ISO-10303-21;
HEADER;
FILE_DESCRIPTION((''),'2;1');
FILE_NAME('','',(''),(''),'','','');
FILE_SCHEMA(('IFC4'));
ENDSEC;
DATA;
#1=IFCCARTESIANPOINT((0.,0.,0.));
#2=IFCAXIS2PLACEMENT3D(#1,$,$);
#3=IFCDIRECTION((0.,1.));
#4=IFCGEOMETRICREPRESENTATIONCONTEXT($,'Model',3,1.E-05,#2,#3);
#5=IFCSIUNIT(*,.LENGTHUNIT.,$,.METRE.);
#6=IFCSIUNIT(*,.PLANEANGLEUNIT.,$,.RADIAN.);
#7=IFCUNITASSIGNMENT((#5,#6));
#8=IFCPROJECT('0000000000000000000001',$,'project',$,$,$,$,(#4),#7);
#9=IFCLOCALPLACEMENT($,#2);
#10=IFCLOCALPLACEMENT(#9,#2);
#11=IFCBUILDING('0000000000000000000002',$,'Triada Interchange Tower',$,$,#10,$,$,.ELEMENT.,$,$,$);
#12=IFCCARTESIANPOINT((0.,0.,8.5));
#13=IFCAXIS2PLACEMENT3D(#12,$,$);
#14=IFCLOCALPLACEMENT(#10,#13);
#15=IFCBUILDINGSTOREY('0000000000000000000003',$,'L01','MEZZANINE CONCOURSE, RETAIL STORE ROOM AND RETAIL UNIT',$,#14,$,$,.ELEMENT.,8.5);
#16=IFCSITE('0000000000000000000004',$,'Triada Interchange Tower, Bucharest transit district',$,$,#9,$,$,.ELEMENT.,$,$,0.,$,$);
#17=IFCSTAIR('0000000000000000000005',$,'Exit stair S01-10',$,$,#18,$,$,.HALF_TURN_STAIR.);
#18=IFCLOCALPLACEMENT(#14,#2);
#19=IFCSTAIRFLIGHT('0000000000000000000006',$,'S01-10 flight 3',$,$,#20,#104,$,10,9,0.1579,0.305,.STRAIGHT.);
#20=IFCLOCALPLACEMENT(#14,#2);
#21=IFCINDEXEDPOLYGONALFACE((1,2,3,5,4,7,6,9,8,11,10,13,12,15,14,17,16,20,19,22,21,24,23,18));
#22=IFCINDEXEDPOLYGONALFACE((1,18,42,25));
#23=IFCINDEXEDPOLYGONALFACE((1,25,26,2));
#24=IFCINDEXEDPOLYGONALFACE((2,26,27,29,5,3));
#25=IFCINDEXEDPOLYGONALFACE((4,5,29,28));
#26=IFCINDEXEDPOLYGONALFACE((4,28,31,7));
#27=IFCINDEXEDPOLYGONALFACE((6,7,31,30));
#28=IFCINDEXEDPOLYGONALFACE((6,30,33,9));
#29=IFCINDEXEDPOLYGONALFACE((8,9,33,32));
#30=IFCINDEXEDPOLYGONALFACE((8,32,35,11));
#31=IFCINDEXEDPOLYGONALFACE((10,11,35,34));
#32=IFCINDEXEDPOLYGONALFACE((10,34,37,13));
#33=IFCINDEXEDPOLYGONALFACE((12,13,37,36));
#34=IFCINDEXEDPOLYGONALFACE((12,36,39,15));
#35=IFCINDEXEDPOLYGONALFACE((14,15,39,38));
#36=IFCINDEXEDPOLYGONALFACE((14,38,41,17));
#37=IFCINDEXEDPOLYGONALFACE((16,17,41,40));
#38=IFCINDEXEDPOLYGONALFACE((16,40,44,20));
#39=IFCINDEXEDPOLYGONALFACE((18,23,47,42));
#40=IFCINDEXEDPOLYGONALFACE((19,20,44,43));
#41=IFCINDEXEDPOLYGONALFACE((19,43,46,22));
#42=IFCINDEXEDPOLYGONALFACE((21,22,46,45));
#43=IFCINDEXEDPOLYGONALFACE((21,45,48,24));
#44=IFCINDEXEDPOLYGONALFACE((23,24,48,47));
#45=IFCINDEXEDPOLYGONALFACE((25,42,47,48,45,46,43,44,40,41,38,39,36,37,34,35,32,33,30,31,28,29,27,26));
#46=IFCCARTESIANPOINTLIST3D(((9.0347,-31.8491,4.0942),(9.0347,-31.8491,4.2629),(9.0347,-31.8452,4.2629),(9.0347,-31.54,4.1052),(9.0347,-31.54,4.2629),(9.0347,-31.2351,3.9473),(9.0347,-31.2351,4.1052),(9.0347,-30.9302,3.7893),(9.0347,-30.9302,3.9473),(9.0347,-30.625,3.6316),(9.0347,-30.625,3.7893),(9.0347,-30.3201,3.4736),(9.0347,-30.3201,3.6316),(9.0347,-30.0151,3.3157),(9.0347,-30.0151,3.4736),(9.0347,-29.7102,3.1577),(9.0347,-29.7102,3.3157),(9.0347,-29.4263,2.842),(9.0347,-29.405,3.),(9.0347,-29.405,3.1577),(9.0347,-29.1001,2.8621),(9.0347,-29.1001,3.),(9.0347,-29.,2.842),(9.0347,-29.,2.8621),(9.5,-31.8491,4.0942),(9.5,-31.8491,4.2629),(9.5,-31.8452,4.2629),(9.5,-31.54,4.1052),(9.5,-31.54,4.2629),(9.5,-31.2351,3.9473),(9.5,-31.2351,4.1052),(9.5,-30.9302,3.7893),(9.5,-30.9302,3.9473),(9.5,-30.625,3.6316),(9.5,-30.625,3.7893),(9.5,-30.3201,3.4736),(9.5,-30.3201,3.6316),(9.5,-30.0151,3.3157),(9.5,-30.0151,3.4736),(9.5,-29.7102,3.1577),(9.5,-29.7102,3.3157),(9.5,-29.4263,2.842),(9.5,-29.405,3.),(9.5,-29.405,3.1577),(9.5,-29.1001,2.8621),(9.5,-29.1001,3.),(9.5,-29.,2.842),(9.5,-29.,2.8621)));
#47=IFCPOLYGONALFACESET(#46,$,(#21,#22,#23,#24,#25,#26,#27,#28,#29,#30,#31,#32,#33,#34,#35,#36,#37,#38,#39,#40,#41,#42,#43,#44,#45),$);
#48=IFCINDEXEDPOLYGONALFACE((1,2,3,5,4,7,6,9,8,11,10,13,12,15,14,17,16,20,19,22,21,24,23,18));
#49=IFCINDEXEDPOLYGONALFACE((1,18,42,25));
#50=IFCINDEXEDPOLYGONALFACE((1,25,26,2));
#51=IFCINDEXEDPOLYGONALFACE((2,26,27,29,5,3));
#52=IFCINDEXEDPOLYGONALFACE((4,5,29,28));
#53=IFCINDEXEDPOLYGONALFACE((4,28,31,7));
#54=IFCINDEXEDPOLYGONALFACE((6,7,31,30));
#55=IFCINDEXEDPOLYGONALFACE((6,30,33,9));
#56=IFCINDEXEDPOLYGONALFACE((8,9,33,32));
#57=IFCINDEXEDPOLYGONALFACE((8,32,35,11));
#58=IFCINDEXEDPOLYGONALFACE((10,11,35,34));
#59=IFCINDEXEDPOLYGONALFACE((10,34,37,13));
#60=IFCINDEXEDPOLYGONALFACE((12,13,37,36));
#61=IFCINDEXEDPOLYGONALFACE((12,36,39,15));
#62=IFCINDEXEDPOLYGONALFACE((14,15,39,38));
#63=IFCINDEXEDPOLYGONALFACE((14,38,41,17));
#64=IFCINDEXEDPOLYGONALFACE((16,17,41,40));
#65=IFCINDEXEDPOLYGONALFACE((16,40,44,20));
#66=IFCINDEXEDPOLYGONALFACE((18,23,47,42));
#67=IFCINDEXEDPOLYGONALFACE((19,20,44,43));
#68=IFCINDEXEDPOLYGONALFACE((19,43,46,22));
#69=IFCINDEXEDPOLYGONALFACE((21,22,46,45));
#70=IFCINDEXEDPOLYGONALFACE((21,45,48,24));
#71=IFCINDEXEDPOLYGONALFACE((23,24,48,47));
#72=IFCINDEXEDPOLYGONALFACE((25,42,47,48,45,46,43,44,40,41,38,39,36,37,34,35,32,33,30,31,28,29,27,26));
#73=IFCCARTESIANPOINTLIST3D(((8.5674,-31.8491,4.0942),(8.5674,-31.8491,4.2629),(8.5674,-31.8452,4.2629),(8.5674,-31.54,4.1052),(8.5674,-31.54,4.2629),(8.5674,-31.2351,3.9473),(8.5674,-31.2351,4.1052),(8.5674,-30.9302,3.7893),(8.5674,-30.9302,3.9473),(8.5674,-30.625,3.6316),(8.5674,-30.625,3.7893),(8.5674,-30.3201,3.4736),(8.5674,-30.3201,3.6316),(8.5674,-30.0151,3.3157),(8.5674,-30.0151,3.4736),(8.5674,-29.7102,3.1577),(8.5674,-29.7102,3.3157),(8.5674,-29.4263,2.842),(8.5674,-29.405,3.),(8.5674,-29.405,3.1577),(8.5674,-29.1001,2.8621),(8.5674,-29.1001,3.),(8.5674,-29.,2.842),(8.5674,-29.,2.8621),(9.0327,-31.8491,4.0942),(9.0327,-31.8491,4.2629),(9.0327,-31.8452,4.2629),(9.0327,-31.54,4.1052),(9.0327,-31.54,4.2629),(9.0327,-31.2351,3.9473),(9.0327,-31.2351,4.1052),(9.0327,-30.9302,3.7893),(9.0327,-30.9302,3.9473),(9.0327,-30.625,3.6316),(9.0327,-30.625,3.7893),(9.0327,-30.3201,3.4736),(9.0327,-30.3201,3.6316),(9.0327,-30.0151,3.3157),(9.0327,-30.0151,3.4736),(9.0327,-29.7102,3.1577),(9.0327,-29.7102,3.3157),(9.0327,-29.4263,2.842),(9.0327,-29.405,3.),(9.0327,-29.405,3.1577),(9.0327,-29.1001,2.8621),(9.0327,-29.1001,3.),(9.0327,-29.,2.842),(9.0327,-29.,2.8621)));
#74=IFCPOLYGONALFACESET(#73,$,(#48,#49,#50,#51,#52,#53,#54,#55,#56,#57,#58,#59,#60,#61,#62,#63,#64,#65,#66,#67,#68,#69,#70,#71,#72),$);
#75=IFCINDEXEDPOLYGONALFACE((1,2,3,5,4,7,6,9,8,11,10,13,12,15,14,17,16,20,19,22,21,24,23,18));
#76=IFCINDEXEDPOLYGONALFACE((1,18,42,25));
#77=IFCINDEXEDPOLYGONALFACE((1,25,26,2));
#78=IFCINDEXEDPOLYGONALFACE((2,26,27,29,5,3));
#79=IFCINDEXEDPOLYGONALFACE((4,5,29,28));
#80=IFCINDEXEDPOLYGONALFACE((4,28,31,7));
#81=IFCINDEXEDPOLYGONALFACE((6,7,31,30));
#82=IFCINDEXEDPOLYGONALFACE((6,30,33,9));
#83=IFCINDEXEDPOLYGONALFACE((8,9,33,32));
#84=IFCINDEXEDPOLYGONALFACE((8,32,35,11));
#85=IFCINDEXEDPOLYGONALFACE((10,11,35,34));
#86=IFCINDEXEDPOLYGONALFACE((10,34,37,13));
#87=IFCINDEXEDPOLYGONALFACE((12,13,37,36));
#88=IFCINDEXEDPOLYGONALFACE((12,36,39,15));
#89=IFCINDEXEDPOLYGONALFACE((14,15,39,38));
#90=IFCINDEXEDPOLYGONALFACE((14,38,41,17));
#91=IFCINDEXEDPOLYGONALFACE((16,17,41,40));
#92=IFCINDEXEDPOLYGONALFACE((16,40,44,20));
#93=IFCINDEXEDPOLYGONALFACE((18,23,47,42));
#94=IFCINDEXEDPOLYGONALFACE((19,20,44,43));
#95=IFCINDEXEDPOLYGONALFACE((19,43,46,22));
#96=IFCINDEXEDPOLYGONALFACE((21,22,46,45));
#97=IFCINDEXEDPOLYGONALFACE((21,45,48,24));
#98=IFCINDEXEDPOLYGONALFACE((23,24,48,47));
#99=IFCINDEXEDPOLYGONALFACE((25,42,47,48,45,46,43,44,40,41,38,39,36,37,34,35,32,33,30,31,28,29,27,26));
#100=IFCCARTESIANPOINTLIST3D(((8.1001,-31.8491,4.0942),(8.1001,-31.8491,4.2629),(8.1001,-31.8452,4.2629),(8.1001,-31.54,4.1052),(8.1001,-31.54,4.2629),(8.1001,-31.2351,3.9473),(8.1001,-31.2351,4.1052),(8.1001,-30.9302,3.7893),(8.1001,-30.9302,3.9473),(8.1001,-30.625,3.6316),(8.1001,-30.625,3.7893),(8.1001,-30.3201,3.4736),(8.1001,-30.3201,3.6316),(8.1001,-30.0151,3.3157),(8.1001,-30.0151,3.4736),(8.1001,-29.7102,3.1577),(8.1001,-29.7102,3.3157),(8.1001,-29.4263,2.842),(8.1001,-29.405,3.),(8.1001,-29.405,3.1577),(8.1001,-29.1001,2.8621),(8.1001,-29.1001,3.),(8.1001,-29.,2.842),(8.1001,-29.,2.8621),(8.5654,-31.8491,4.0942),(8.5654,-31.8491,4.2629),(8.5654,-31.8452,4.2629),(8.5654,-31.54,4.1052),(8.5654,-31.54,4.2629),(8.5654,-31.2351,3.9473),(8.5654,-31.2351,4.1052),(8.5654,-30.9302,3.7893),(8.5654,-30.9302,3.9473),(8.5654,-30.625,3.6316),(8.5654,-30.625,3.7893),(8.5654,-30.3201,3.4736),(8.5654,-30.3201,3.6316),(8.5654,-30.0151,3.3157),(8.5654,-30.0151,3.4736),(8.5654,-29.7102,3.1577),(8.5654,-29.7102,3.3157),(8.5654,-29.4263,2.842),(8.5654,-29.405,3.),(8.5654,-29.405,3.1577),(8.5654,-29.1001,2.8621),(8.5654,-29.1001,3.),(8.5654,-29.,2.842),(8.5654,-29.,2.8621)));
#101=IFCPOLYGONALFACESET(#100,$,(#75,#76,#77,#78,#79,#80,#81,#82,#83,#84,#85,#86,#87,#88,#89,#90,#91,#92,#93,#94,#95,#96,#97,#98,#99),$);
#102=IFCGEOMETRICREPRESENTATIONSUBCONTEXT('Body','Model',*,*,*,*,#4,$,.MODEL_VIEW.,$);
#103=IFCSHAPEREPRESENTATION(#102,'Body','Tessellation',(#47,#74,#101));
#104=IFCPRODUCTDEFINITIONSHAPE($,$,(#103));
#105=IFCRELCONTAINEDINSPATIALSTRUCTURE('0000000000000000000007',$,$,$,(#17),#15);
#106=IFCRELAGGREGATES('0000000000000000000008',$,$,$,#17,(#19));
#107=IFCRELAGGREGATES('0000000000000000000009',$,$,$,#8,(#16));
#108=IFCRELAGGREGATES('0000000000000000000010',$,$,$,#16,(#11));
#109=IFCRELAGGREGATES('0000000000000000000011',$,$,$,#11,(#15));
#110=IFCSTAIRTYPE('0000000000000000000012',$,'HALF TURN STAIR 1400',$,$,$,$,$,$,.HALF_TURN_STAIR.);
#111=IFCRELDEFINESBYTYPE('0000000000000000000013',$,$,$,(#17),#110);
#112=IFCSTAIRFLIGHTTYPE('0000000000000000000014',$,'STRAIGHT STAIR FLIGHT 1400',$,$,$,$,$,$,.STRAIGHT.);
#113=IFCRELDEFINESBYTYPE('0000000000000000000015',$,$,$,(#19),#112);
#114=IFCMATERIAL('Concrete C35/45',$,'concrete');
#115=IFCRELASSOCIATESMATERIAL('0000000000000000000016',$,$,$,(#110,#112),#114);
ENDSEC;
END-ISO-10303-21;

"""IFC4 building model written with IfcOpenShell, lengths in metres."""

from ifc_helpers import new_model, si_unit, direction, frame, origin, place, context, subcontext, project, spatial, polyline, outline, extrude, material, type_object, element, aggregate, save


model = new_model("IFC4")

# Units and contexts
model_context = context("Model", 3, precision=1e-05, world=origin(), true_north=direction((0.0, 1.0)))
body_context = subcontext(model_context, "Body", "Model", "MODEL_VIEW")
ifc_project = project(units=[si_unit("LENGTHUNIT", "METRE"), si_unit("PLANEANGLEUNIT", "RADIAN")], contexts=[model_context])

# Site, building, storey
site_placement = place(None, origin())
site = spatial("IfcSite", under=ifc_project, at=site_placement, Name="Triada Interchange Tower, Bucharest transit district", CompositionType="ELEMENT", RefElevation=0.0)
building_placement = place(site_placement, origin())
building = spatial("IfcBuilding", under=site, at=building_placement, Name="Triada Interchange Tower", CompositionType="ELEMENT")
storey_placement = place(building_placement, frame((0.0, 0.0, 8.5)))
storey = spatial("IfcBuildingStorey", under=building, at=storey_placement, Name="L01", Description="MEZZANINE CONCOURSE, RETAIL STORE ROOM AND RETAIL UNIT", CompositionType="ELEMENT", Elevation=8.5)

# Shared definitions
ifc_material_1 = material(Name="Concrete C35/45", Category="concrete")

# Shared definitions
stair_type = type_object("IfcStairType", Name="HALF TURN STAIR 1400", PredefinedType="HALF_TURN_STAIR", material=ifc_material_1)
stair_flight_type = type_object("IfcStairFlightType", Name="STRAIGHT STAIR FLIGHT 1400", PredefinedType="STRAIGHT", material=ifc_material_1)

# Stair, stair flight
stair_1_placement = place(storey_placement, origin())
stair_1 = element("IfcStair", 1, at=stair_1_placement, inside=storey, type_object=stair_type, Name="Exit stair S01-10", PredefinedType="HALF_TURN_STAIR")
stair_flight_1_placement = place(storey_placement, frame((8.8, -29.1001, 2.842), z_axis=(0.0, 0.0, 1.0), x_axis=(0.0, -1.0, 0.0)))
stair_flight_1 = element("IfcStairFlight", 2, at=stair_flight_1_placement, type_object=stair_flight_type, Name="S01-10 flight 3", NumberOfRisers=10, NumberOfTreads=9, PredefinedType="STRAIGHT", RiserHeight=0.1579, TreadLength=0.305, context=body_context, shape_type="SweptSolid", body=[
    extrude(outline(polyline([(-0.1001, 0.0), (-0.1001, 0.02), (0.0, 0.02), (0.0, 0.158), (0.3049, 0.158), (0.3049, 0.3157), (0.6101, 0.3157), (0.6101, 0.4736), (0.915, 0.4736), (0.915, 0.6316), (1.22, 0.6316), (1.22, 0.7896), (1.5249, 0.7896), (1.5249, 0.9473), (1.8301, 0.9473), (1.8301, 1.1052), (2.135, 1.1052), (2.135, 1.2632), (2.4399, 1.2632), (2.4399, 1.4209), (2.7451, 1.4209), (2.749, 1.4209), (2.749, 1.5789), (2.749, 1.2522), (0.3262, 0.0), (-0.1001, 0.0)])), frame((0.0, 0.7, 0.0), z_axis=(0.0, -1.0, 0.0), x_axis=(1.0, 0.0, 0.0)), (0.0, 0.0, 1.0), 0.4653),
    extrude(outline(polyline([(-0.1001, 0.0), (-0.1001, 0.02), (0.0, 0.02), (0.0, 0.158), (0.3049, 0.158), (0.3049, 0.3157), (0.6101, 0.3157), (0.6101, 0.4736), (0.915, 0.4736), (0.915, 0.6316), (1.22, 0.6316), (1.22, 0.7896), (1.5249, 0.7896), (1.5249, 0.9473), (1.8301, 0.9473), (1.8301, 1.1052), (2.135, 1.1052), (2.135, 1.2632), (2.4399, 1.2632), (2.4399, 1.4209), (2.7451, 1.4209), (2.749, 1.4209), (2.749, 1.5789), (2.749, 1.2522), (0.3262, 0.0), (-0.1001, 0.0)])), frame((0.0, 0.2327, 0.0), z_axis=(0.0, -1.0, 0.0), x_axis=(1.0, 0.0, 0.0)), (0.0, 0.0, 1.0), 0.4653),
    extrude(outline(polyline([(-0.1001, 0.0), (-0.1001, 0.02), (0.0, 0.02), (0.0, 0.158), (0.3049, 0.158), (0.3049, 0.3157), (0.6101, 0.3157), (0.6101, 0.4736), (0.915, 0.4736), (0.915, 0.6316), (1.22, 0.6316), (1.22, 0.7896), (1.5249, 0.7896), (1.5249, 0.9473), (1.8301, 0.9473), (1.8301, 1.1052), (2.135, 1.1052), (2.135, 1.2632), (2.4399, 1.2632), (2.4399, 1.4209), (2.7451, 1.4209), (2.749, 1.4209), (2.749, 1.5789), (2.749, 1.2522), (0.3262, 0.0), (-0.1001, 0.0)])), frame((0.0, -0.2346, 0.0), z_axis=(0.0, -1.0, 0.0), x_axis=(1.0, 0.0, 0.0)), (0.0, 0.0, 1.0), 0.4653),
])

aggregate(stair_1, [stair_flight_1])

save(model, "model.ifc")
